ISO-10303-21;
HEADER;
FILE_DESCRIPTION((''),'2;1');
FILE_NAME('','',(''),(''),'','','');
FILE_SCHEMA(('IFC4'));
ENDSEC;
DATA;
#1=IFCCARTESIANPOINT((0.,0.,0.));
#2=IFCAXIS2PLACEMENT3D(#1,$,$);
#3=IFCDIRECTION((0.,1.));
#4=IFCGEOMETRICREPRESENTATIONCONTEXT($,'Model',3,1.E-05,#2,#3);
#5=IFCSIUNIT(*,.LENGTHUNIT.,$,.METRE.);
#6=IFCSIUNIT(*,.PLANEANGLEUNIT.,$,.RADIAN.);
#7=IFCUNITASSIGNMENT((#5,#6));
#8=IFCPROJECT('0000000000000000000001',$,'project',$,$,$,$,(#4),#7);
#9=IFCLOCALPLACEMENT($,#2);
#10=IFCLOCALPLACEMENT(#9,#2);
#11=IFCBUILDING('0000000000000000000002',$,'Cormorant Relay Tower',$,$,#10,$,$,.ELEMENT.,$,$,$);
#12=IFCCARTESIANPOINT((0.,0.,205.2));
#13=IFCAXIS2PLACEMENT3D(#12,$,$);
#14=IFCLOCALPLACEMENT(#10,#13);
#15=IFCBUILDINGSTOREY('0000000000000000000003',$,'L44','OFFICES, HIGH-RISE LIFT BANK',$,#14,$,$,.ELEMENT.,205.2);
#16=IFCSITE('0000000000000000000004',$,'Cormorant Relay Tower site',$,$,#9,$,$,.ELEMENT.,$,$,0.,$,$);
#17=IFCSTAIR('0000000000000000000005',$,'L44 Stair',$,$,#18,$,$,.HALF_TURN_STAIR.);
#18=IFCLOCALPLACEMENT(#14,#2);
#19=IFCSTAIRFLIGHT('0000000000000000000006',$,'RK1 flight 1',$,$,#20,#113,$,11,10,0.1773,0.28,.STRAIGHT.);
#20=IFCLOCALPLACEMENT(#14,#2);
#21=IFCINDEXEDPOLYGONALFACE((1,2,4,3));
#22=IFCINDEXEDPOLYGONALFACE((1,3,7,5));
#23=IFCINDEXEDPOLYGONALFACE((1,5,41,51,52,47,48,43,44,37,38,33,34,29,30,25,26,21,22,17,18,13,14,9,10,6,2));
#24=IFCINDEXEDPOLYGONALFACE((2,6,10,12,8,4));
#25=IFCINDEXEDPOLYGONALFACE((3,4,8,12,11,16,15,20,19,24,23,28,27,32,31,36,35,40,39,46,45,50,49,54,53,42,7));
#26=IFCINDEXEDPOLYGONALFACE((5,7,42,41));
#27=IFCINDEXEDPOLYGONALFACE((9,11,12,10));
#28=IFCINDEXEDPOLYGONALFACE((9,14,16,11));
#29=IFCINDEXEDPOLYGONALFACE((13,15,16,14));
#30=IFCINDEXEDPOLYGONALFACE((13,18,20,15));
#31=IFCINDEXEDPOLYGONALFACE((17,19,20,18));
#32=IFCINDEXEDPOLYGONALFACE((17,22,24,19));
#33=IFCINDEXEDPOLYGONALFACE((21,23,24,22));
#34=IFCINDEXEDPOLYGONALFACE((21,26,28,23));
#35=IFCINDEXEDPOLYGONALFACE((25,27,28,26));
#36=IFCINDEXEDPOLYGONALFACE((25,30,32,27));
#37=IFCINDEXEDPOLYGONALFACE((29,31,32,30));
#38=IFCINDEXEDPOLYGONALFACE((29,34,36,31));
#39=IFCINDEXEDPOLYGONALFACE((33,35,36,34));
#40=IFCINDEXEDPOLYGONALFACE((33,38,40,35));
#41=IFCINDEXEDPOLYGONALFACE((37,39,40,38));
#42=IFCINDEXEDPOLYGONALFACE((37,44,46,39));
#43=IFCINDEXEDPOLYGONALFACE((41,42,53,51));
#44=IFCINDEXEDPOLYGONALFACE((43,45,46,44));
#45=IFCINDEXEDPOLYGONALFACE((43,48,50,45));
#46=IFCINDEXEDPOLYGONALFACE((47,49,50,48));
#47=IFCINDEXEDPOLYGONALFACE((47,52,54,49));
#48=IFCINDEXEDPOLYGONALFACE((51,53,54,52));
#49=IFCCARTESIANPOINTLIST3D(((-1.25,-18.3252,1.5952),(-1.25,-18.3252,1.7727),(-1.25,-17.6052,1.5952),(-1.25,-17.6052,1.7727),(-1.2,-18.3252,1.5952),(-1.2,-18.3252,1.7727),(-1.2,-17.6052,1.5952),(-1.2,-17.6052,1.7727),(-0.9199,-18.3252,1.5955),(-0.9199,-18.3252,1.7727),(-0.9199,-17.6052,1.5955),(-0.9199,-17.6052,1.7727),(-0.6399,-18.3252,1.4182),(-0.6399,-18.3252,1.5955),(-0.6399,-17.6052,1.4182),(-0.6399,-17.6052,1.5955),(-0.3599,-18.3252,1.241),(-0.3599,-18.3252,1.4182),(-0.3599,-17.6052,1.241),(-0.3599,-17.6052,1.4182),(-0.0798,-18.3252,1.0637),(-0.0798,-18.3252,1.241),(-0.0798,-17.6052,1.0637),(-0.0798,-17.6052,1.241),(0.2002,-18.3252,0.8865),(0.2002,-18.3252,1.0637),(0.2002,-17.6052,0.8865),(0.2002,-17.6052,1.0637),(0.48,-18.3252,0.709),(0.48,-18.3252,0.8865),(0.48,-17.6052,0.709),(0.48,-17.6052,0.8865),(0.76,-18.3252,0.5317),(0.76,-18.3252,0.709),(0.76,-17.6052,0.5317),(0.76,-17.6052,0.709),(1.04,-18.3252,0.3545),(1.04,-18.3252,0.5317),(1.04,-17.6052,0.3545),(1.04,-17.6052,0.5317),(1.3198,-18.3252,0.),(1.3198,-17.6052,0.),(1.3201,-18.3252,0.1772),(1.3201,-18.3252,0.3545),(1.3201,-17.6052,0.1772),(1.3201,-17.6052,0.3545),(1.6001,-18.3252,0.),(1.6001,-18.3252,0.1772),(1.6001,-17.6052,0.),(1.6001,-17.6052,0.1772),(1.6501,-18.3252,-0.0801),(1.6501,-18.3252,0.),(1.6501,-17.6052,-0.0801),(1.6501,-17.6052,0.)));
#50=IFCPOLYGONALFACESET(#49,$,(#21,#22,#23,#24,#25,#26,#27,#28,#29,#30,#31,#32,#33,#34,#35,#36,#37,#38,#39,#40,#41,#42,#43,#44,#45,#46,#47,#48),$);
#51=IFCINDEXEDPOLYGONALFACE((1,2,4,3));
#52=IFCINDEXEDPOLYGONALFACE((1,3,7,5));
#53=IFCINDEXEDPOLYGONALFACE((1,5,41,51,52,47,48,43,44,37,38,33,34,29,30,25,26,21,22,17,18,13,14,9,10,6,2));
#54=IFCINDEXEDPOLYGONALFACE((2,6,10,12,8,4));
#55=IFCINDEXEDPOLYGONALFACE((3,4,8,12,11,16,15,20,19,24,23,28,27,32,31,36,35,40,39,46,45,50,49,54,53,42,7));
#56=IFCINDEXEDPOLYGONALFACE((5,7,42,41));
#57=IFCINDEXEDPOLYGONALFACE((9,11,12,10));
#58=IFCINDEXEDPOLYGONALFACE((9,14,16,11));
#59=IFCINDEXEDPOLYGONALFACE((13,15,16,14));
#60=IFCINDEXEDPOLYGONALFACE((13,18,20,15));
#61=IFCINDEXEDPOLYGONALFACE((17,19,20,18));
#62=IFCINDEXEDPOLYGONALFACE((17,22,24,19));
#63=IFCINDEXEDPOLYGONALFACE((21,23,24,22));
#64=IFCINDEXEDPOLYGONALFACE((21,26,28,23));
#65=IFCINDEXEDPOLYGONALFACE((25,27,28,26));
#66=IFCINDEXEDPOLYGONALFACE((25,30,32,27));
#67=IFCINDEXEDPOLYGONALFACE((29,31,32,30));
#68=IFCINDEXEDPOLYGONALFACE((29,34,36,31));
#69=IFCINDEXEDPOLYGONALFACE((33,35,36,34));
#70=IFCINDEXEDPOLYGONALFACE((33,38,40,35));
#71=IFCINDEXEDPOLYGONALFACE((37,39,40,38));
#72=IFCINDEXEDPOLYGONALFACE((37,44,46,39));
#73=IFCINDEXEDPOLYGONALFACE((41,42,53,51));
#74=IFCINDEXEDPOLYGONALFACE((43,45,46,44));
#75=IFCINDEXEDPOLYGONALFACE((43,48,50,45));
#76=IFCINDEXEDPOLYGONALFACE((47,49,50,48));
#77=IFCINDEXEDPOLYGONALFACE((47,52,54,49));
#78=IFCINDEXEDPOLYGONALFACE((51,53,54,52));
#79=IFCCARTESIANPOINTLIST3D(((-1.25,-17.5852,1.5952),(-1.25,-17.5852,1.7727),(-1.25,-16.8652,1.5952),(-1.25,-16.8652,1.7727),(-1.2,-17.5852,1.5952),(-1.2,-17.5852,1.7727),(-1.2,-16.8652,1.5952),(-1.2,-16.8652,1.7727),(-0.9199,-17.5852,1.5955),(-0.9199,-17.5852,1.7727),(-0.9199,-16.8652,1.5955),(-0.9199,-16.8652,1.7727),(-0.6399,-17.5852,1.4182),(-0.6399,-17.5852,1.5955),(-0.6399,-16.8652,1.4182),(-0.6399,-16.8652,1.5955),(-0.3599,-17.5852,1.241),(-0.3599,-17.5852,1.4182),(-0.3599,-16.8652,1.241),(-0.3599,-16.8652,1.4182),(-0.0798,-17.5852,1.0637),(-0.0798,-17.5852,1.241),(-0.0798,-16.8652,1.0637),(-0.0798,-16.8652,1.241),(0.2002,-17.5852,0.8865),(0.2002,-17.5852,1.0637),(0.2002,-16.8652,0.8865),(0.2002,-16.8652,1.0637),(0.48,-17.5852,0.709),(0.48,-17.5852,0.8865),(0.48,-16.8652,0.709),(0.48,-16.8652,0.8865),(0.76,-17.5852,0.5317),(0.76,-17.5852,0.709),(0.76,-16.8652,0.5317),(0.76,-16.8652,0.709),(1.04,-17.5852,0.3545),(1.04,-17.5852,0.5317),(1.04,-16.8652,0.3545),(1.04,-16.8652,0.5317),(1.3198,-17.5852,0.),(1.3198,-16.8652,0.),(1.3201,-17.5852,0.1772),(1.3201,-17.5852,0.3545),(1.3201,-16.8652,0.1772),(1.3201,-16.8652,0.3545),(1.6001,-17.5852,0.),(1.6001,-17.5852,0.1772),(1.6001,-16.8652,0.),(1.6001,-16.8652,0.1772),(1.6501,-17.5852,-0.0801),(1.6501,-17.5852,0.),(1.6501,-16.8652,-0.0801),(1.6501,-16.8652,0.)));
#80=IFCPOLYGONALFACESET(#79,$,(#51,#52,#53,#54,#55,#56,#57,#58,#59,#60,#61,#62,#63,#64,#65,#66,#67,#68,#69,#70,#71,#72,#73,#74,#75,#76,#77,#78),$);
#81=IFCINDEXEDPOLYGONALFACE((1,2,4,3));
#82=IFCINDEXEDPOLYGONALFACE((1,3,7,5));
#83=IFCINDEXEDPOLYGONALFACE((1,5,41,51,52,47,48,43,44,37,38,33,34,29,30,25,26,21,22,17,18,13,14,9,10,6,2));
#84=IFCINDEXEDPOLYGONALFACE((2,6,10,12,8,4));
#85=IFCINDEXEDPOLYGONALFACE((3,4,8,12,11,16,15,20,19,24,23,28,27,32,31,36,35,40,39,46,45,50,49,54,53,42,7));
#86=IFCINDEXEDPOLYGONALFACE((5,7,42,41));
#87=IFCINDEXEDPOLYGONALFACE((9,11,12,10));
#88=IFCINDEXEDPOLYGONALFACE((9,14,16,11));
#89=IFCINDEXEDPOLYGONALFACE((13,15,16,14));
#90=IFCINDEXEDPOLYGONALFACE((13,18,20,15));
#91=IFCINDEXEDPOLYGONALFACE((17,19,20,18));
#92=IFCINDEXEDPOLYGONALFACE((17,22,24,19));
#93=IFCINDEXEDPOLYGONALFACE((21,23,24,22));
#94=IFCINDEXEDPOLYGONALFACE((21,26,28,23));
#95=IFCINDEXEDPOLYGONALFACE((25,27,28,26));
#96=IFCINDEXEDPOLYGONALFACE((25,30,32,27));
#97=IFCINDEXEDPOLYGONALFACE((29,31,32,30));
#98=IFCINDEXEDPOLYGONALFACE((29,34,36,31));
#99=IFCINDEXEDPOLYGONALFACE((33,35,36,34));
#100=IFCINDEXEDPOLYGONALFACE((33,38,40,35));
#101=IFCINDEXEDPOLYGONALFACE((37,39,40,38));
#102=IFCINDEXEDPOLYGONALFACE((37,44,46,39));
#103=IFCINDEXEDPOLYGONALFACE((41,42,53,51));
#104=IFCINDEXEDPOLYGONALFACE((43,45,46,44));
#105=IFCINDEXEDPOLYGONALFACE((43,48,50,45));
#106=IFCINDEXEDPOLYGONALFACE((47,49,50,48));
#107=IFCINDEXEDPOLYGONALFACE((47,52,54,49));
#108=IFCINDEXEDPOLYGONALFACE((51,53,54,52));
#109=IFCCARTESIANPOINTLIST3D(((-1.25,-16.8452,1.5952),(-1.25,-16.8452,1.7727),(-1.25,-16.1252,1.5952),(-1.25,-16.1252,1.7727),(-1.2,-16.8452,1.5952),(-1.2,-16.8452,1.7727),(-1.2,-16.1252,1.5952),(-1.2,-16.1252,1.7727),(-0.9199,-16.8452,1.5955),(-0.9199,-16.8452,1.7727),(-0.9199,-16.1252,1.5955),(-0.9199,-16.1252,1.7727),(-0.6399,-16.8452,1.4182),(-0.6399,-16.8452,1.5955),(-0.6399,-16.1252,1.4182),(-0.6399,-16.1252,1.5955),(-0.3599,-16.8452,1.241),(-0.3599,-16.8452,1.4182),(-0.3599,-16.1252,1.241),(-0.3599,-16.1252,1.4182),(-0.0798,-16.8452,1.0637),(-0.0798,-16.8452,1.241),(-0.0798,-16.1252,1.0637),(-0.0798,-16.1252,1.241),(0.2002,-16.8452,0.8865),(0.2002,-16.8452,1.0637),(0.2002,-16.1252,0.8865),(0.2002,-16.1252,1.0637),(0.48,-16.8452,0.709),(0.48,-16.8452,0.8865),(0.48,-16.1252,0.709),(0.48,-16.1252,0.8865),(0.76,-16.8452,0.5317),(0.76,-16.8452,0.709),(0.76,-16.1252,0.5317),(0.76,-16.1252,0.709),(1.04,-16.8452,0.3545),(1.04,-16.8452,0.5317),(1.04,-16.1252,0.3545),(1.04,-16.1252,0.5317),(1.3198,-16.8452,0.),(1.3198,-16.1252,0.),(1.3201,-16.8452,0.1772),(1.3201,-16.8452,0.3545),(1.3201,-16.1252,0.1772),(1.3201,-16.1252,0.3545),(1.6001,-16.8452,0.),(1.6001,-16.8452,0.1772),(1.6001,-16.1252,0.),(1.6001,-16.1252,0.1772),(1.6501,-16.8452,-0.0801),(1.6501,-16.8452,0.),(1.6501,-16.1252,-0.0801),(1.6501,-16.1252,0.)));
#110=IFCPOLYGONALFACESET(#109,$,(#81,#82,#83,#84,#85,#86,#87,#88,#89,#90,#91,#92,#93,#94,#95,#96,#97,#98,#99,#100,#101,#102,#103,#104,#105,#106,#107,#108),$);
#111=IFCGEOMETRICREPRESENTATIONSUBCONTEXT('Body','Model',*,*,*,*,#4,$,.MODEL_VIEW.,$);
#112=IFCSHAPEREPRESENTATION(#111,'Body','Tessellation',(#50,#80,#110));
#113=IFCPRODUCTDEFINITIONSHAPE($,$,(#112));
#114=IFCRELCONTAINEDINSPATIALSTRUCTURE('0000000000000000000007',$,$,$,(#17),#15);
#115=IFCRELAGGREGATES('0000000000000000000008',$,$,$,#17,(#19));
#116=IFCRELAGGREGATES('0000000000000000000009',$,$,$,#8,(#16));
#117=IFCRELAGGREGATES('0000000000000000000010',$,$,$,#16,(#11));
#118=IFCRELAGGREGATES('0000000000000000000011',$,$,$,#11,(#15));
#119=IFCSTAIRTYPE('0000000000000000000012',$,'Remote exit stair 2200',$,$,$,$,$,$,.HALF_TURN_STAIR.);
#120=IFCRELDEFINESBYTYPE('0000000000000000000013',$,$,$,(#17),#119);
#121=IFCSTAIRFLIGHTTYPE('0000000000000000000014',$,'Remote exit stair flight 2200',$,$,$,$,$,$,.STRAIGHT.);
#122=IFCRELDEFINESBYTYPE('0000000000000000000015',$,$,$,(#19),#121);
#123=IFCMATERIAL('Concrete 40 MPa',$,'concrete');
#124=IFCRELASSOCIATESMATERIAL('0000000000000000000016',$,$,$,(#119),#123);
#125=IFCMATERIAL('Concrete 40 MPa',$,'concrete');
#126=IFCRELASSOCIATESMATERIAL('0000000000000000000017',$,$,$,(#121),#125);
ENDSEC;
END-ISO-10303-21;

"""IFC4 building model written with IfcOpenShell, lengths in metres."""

from ifc_helpers import new_model, si_unit, direction, frame, origin, place, context, subcontext, project, spatial, polyline, outline, extrude, material, type_object, element, aggregate, save


model = new_model("IFC4")

# Units and contexts
model_context = context("Model", 3, precision=1e-05, world=origin(), true_north=direction((0.0, 1.0)))
body_context = subcontext(model_context, "Body", "Model", "MODEL_VIEW")
ifc_project = project(units=[si_unit("LENGTHUNIT", "METRE"), si_unit("PLANEANGLEUNIT", "RADIAN")], contexts=[model_context])

# Site, building, storey
site_placement = place(None, origin())
site = spatial("IfcSite", under=ifc_project, at=site_placement, Name="Cormorant Relay Tower site", CompositionType="ELEMENT", RefElevation=0.0)
building_placement = place(site_placement, origin())
building = spatial("IfcBuilding", under=site, at=building_placement, Name="Cormorant Relay Tower", CompositionType="ELEMENT")
storey_placement = place(building_placement, frame((0.0, 0.0, 205.2)))
storey = spatial("IfcBuildingStorey", under=building, at=storey_placement, Name="L44", Description="OFFICES, HIGH-RISE LIFT BANK", CompositionType="ELEMENT", Elevation=205.2)

# Stair, stair flight
ifc_material_1 = material(Name="Concrete 40 MPa", Category="concrete")
stair_type = type_object("IfcStairType", Name="Remote exit stair 2200", PredefinedType="HALF_TURN_STAIR", material=ifc_material_1)
stair_placement = place(storey_placement, origin())
stair = element("IfcStair", 1, at=stair_placement, inside=storey, type_object=stair_type, Name="L44 Stair", PredefinedType="HALF_TURN_STAIR")
ifc_material_2 = material(Name="Concrete 40 MPa", Category="concrete")
stair_flight_type = type_object("IfcStairFlightType", Name="Remote exit stair flight 2200", PredefinedType="STRAIGHT", material=ifc_material_2)
stair_flight_1_placement = place(storey_placement, frame((1.6001, -17.2251, 0.0), z_axis=(0.0, 0.0, 1.0), x_axis=(-1.0, 0.0, 0.0)))
stair_flight_1 = element("IfcStairFlight", 2, at=stair_flight_1_placement, type_object=stair_flight_type, Name="RK1 flight 1", NumberOfRisers=11, NumberOfTreads=10, PredefinedType="STRAIGHT", RiserHeight=0.1773, TreadLength=0.28, context=body_context, shape_type="SweptSolid", body=[
    extrude(outline(polyline([(-0.05, -0.0801), (-0.05, 0.0), (0.0, 0.0), (0.0, 0.1772), (0.28, 0.1772), (0.28, 0.3545), (0.5601, 0.3545), (0.5601, 0.5317), (0.8401, 0.5317), (0.8401, 0.709), (1.1201, 0.709), (1.1201, 0.8865), (1.3999, 0.8865), (1.3999, 1.0637), (1.6799, 1.0637), (1.6799, 1.241), (1.96, 1.241), (1.96, 1.4182), (2.24, 1.4182), (2.24, 1.5955), (2.52, 1.5955), (2.52, 1.7727), (2.8, 1.7727), (2.8501, 1.7727), (2.8501, 1.5952), (2.8, 1.5952), (0.2803, 0.0), (-0.05, -0.0801)])), frame((0.0, 1.1001, 0.0), z_axis=(0.0, -1.0, 0.0), x_axis=(1.0, 0.0, 0.0)), (0.0, 0.0, 1.0), 0.72),
    extrude(outline(polyline([(-0.05, -0.0801), (-0.05, 0.0), (0.0, 0.0), (0.0, 0.1772), (0.28, 0.1772), (0.28, 0.3545), (0.5601, 0.3545), (0.5601, 0.5317), (0.8401, 0.5317), (0.8401, 0.709), (1.1201, 0.709), (1.1201, 0.8865), (1.3999, 0.8865), (1.3999, 1.0637), (1.6799, 1.0637), (1.6799, 1.241), (1.96, 1.241), (1.96, 1.4182), (2.24, 1.4182), (2.24, 1.5955), (2.52, 1.5955), (2.52, 1.7727), (2.8, 1.7727), (2.8501, 1.7727), (2.8501, 1.5952), (2.8, 1.5952), (0.2803, 0.0), (-0.05, -0.0801)])), frame((0.0, 0.3601, 0.0), z_axis=(0.0, -1.0, 0.0), x_axis=(1.0, 0.0, 0.0)), (0.0, 0.0, 1.0), 0.72),
    extrude(outline(polyline([(-0.05, -0.0801), (-0.05, 0.0), (0.0, 0.0), (0.0, 0.1772), (0.28, 0.1772), (0.28, 0.3545), (0.5601, 0.3545), (0.5601, 0.5317), (0.8401, 0.5317), (0.8401, 0.709), (1.1201, 0.709), (1.1201, 0.8865), (1.3999, 0.8865), (1.3999, 1.0637), (1.6799, 1.0637), (1.6799, 1.241), (1.96, 1.241), (1.96, 1.4182), (2.24, 1.4182), (2.24, 1.5955), (2.52, 1.5955), (2.52, 1.7727), (2.8, 1.7727), (2.8501, 1.7727), (2.8501, 1.5952), (2.8, 1.5952), (0.2803, 0.0), (-0.05, -0.0801)])), frame((0.0, -0.3799, 0.0), z_axis=(0.0, -1.0, 0.0), x_axis=(1.0, 0.0, 0.0)), (0.0, 0.0, 1.0), 0.72),
])
aggregate(stair, [stair_flight_1])

save(model, "model.ifc")
